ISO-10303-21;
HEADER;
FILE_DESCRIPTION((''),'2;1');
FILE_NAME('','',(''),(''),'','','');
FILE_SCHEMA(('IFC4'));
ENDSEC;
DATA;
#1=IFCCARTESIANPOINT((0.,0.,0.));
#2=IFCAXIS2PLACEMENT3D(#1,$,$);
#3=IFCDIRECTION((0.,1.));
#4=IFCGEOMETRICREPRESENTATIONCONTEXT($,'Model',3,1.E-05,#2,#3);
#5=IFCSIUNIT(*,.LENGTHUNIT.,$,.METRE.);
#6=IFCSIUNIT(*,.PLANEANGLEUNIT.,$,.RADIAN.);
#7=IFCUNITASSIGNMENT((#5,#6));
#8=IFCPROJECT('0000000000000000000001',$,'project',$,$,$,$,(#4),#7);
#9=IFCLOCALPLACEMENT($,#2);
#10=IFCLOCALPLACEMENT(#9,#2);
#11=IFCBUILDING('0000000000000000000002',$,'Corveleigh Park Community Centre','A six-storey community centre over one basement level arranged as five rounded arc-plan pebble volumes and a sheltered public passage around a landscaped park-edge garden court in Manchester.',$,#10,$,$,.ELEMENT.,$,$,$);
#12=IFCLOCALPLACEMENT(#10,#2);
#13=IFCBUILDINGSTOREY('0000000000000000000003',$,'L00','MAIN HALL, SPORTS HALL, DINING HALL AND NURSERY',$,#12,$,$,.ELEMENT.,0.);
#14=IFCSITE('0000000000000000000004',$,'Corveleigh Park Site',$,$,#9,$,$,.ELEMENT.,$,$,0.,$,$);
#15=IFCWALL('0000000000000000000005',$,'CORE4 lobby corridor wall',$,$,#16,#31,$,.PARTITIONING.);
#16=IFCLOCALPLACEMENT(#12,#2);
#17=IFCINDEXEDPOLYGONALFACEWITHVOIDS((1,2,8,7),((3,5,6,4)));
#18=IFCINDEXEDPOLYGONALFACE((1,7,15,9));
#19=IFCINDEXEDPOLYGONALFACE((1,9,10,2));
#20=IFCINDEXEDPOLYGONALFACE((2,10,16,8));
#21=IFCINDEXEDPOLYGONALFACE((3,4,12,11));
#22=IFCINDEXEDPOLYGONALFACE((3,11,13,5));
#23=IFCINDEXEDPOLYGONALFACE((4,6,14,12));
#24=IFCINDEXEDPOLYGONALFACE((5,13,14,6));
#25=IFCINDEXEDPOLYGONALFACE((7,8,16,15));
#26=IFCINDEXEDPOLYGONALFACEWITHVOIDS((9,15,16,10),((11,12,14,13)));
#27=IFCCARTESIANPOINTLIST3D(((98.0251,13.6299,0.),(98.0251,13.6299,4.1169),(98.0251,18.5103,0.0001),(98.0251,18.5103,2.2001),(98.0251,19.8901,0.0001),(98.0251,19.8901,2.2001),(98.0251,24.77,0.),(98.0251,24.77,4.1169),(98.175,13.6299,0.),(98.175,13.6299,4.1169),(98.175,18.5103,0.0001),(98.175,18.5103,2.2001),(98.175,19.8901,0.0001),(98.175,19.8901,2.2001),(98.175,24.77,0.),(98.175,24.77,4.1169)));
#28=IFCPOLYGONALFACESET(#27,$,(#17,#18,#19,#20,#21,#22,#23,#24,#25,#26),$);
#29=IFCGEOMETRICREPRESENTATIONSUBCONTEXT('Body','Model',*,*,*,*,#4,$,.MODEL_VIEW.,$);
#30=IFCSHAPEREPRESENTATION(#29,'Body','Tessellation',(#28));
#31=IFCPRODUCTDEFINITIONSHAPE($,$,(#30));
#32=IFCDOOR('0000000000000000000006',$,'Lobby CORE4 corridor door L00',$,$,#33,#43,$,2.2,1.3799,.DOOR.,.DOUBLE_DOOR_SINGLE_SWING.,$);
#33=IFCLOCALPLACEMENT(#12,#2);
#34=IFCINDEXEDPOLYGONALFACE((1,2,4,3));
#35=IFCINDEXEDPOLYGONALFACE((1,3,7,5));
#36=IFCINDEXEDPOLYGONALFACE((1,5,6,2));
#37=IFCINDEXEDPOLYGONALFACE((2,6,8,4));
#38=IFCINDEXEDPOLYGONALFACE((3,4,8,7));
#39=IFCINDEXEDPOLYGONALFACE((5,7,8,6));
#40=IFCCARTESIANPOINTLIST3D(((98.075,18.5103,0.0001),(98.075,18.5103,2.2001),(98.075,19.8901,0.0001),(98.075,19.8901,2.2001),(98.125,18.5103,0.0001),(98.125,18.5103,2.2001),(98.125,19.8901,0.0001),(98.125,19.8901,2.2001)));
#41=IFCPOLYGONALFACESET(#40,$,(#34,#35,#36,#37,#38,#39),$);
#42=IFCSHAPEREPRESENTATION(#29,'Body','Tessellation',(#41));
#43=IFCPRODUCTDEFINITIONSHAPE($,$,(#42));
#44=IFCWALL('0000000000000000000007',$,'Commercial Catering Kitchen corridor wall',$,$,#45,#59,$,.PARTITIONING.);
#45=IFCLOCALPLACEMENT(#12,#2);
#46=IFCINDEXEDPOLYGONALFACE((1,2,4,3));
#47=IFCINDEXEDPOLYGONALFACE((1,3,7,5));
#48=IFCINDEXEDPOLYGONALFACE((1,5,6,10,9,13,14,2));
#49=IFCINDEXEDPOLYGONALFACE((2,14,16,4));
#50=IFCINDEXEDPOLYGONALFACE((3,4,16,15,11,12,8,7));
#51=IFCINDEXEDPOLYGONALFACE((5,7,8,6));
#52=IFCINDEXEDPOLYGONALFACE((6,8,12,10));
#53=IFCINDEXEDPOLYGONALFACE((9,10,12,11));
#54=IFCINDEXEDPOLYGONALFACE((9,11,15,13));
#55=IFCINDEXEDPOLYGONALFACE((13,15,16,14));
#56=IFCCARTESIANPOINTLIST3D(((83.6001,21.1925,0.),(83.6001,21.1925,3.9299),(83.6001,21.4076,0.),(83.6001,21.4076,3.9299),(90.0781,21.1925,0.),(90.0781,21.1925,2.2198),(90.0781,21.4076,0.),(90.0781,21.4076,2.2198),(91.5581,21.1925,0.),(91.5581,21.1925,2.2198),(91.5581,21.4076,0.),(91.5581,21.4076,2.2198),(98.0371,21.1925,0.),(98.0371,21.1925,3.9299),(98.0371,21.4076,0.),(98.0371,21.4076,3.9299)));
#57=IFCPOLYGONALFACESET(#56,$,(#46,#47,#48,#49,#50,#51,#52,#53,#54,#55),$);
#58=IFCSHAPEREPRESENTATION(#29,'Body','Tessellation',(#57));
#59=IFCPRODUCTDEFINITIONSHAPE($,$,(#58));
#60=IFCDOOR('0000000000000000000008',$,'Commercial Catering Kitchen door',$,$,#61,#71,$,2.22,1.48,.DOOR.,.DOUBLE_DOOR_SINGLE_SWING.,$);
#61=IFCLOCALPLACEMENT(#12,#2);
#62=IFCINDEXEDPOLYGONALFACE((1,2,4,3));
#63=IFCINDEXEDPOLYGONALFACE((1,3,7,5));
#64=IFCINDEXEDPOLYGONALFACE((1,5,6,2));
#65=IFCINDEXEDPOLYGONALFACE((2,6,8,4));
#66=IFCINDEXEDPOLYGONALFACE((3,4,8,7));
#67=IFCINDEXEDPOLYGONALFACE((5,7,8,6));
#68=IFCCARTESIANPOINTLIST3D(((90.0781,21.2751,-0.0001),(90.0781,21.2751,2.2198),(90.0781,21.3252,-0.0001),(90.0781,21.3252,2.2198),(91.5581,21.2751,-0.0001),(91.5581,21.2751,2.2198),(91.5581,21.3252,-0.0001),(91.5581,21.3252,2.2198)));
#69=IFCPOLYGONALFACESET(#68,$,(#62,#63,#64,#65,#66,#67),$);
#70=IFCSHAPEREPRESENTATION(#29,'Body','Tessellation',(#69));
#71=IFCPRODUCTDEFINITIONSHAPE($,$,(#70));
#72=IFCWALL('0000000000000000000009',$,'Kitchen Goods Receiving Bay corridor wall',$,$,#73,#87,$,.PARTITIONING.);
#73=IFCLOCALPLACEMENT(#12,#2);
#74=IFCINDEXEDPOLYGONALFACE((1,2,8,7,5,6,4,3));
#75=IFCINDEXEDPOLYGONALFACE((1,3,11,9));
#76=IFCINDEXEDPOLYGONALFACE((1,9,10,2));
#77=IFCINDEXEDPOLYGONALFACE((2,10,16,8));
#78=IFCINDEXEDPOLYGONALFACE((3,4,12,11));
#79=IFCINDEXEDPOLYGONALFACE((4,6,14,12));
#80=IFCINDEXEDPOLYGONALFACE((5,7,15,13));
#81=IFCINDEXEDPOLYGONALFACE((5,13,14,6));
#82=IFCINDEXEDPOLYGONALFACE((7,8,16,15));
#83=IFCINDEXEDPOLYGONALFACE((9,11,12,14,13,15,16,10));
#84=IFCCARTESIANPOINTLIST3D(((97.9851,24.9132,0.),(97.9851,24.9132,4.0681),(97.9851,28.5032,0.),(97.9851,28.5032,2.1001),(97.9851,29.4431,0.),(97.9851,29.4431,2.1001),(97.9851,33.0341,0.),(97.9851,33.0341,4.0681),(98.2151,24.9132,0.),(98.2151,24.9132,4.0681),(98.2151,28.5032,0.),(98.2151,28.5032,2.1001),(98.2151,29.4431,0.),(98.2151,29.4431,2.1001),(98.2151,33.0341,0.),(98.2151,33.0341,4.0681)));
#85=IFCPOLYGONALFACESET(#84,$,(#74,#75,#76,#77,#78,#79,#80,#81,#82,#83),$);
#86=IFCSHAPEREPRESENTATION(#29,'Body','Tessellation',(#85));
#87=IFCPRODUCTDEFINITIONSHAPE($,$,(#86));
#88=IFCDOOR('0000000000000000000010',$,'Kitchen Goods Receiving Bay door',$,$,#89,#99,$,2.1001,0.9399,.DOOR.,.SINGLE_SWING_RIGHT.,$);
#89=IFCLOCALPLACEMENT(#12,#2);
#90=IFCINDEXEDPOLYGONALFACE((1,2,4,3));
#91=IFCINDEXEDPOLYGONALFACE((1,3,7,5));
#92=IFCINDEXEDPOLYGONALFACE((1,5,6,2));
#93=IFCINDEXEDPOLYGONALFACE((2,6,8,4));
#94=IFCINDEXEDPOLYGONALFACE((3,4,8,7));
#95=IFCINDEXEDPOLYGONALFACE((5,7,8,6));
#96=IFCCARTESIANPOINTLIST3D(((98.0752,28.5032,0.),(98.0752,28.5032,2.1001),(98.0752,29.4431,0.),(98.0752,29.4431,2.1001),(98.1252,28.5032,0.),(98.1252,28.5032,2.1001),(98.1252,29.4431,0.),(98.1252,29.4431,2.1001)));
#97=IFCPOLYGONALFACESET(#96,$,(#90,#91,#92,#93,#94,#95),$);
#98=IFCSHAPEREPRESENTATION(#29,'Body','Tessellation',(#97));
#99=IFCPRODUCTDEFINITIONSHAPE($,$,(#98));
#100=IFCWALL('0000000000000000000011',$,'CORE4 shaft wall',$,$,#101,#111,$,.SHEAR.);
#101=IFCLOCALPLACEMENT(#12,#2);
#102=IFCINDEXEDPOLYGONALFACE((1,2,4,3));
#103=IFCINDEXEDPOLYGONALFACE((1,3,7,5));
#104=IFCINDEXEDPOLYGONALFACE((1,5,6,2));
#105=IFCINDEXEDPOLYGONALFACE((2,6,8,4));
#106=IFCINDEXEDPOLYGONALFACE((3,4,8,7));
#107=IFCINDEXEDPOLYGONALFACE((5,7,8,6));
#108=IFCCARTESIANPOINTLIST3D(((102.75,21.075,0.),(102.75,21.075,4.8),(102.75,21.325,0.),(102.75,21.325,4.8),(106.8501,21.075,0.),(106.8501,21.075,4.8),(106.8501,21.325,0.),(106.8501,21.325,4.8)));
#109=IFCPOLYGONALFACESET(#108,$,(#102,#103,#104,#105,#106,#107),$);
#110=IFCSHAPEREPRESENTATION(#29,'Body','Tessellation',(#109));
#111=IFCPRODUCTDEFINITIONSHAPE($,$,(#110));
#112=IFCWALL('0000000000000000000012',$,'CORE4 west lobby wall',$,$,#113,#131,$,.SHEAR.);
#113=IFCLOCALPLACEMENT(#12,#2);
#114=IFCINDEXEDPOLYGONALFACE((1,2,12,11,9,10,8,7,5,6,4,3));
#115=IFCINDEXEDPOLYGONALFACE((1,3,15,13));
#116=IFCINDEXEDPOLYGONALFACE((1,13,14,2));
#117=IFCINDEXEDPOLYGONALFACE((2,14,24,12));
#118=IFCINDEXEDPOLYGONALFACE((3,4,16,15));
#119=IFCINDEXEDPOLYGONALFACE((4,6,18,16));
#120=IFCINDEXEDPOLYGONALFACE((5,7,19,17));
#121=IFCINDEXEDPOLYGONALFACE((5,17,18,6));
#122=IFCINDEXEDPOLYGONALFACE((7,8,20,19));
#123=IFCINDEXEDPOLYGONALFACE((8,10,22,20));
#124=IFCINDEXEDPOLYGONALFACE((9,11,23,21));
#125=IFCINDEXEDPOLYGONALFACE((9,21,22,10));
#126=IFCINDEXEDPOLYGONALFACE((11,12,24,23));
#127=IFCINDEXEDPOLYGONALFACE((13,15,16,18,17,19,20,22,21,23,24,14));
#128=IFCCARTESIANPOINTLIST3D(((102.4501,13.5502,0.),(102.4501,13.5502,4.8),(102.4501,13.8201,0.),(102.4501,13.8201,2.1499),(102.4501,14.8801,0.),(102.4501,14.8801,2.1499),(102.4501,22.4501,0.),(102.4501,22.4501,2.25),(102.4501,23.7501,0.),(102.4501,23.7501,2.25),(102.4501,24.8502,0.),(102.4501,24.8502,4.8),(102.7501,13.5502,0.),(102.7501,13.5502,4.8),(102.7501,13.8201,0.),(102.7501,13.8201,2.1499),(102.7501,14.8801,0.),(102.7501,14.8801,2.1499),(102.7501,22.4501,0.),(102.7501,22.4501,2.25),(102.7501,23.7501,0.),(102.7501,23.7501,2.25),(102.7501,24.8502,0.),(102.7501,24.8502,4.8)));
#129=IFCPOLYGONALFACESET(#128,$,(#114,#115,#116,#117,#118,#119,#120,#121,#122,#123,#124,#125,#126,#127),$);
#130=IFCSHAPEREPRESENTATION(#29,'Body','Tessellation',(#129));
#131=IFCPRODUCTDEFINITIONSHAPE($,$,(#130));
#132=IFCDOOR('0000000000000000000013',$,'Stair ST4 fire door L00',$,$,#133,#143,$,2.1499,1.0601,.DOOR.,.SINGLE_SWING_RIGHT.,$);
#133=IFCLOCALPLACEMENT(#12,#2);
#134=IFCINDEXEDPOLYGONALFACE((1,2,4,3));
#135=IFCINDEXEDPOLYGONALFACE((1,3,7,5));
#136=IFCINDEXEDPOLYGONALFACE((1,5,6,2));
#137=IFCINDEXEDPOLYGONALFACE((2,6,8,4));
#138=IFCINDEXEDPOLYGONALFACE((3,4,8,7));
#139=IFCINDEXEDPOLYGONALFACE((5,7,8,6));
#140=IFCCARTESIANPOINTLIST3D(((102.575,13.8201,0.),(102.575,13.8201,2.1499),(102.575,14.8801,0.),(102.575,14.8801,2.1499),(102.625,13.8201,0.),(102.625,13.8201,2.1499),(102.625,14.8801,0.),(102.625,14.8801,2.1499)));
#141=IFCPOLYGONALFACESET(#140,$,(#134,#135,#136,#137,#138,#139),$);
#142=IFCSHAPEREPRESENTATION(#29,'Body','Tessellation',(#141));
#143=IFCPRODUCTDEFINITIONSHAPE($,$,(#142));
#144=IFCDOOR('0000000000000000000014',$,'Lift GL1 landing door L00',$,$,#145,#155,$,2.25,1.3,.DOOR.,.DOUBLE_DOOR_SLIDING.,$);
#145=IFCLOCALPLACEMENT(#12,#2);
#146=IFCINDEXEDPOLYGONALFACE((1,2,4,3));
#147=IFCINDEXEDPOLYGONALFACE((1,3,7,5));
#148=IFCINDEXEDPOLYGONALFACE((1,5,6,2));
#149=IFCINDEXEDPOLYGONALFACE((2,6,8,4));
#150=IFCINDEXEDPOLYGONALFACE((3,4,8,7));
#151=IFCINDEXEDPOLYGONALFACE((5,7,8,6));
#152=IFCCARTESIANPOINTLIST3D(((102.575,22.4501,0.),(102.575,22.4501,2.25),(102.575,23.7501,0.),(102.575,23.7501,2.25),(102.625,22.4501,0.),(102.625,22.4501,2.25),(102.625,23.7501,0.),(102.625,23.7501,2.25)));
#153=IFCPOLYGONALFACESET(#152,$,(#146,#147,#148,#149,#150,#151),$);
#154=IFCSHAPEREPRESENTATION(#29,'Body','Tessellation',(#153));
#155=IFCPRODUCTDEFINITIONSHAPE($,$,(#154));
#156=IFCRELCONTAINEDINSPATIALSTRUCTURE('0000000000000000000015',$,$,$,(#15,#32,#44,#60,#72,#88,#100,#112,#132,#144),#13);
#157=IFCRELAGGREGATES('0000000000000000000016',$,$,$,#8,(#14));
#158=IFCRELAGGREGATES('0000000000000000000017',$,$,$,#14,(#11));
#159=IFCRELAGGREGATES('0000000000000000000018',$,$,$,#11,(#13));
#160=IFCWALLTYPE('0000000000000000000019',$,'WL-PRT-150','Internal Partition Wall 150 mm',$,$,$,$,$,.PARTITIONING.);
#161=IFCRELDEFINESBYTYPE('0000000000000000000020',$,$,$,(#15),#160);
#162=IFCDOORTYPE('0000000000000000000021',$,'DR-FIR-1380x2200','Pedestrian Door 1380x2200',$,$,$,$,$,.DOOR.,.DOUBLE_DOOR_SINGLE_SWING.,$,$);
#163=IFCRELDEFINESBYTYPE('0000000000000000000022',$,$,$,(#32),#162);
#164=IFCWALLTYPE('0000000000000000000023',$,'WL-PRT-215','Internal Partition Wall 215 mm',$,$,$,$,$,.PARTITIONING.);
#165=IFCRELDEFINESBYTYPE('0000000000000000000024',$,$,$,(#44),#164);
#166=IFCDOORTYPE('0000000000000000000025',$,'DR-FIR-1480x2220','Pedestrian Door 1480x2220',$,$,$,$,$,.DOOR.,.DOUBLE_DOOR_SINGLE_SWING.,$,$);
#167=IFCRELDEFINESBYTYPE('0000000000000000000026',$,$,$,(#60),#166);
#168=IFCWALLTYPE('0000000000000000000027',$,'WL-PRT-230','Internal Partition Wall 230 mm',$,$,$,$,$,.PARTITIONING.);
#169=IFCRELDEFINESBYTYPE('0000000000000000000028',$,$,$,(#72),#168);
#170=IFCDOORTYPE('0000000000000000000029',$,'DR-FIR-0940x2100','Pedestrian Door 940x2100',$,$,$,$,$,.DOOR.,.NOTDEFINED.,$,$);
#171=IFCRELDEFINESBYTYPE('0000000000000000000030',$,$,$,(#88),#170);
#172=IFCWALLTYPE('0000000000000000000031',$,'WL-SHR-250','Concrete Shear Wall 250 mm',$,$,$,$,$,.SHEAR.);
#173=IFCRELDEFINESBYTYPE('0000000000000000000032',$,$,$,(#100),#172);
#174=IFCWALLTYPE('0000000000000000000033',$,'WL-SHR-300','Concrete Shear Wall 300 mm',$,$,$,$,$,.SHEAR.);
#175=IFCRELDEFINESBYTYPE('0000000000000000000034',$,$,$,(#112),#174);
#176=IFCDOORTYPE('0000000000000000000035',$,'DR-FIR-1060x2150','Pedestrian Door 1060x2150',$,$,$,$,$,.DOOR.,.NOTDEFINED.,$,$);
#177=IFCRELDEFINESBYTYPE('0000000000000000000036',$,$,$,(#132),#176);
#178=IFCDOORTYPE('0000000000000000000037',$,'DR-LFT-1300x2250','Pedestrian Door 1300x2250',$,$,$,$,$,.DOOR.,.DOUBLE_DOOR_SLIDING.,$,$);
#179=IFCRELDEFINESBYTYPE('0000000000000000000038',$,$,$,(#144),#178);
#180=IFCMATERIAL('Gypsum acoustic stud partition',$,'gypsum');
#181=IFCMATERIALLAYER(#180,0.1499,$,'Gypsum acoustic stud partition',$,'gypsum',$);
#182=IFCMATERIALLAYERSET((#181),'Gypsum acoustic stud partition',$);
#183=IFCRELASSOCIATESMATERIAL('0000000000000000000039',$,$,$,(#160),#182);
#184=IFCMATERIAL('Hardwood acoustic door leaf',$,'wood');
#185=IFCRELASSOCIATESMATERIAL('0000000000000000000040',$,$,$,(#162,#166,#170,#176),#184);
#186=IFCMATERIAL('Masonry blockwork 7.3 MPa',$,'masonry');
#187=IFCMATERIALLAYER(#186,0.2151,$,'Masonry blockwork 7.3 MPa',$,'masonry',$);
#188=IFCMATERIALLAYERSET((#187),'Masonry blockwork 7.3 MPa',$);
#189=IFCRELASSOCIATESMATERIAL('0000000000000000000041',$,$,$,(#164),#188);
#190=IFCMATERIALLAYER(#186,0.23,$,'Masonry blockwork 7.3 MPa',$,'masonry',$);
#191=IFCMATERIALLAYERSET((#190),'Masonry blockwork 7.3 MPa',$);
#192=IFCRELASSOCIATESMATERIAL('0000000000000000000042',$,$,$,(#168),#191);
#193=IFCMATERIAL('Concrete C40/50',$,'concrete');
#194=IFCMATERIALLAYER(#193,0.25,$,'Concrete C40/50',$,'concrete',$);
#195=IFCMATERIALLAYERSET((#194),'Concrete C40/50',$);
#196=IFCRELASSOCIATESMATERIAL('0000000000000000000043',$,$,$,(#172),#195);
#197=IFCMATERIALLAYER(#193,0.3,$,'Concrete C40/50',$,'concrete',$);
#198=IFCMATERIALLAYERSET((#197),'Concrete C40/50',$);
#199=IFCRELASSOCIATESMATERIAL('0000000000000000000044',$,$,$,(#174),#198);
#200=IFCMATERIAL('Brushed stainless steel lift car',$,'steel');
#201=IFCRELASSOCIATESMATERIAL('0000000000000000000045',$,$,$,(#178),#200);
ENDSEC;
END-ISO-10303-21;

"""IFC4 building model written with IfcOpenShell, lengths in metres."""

from ifc_helpers import new_model, si_unit, direction, frame, frame_2d, origin, place, context, subcontext, project, spatial, rectangle, extrude, material, layer, layer_set, type_object, element, fill, save


model = new_model("IFC4")

# Units and contexts
model_context = context("Model", 3, precision=1e-05, world=origin(), true_north=direction((0.0, 1.0)))
body_context = subcontext(model_context, "Body", "Model", "MODEL_VIEW")
ifc_project = project(units=[si_unit("LENGTHUNIT", "METRE"), si_unit("PLANEANGLEUNIT", "RADIAN")], contexts=[model_context])

# Site, building, storey
site_placement = place(None, origin())
site = spatial("IfcSite", under=ifc_project, at=site_placement, Name="Corveleigh Park Site", CompositionType="ELEMENT", RefElevation=0.0)
building_placement = place(site_placement, origin())
building = spatial("IfcBuilding", under=site, at=building_placement, Name="Corveleigh Park Community Centre", Description="A six-storey community centre over one basement level arranged as five rounded arc-plan pebble volumes and a sheltered public passage around a landscaped park-edge garden court in Manchester.", CompositionType="ELEMENT")
storey_placement = place(building_placement, origin())
storey = spatial("IfcBuildingStorey", under=building, at=storey_placement, Name="L00", Description="MAIN HALL, SPORTS HALL, DINING HALL AND NURSERY", CompositionType="ELEMENT", Elevation=0.0)

# Shared definitions
ifc_material_1 = material(Name="Concrete C40/50", Category="concrete")

# Shared definitions
ifc_material_2 = material(Name="Gypsum acoustic stud partition", Category="gypsum")
ifc_layer_1 = layer(ifc_material_2, 0.1499, Name="Gypsum acoustic stud partition", Category="gypsum")
ifc_layer_set_1 = layer_set([ifc_layer_1], Name="Gypsum acoustic stud partition")
wall_type_1 = type_object("IfcWallType", Name="WL-PRT-150", Description="Internal Partition Wall 150 mm", PredefinedType="PARTITIONING", material=ifc_layer_set_1)

# Walls, openings, doors
wall_1_placement = place(storey_placement, frame((98.1001, 24.77, 0.0), z_axis=(0.0, 0.0, 1.0), x_axis=(0.0, -1.0, 0.0)))
wall_1 = element("IfcWall", 1, at=wall_1_placement, inside=storey, type_object=wall_type_1, Name="CORE4 lobby corridor wall", PredefinedType="PARTITIONING", context=body_context, shape_type="SweptSolid", body=[
    extrude(rectangle(XDim=11.1401, YDim=0.1499, at=frame_2d((5.5701, 0.0))), origin(), (0.0, 0.0, 1.0), 4.1169),
])
opening_1_placement = place(wall_1_placement, frame((4.8799, 0.0, 0.0)))
opening_1 = element("IfcOpeningElement", 2, at=opening_1_placement, cuts=wall_1, PredefinedType="OPENING", context=body_context, shape_type="SweptSolid", body=[
    extrude(rectangle(XDim=1.3799, YDim=2.2, at=frame_2d((0.6899, 1.1001))), frame((0.0, 0.085, 0.0), z_axis=(0.0, -1.0, 0.0), x_axis=(1.0, 0.0, 0.0)), (0.0, 0.0, 1.0), 0.1699),
])
ifc_material_3 = material(Name="Hardwood acoustic door leaf", Category="wood")
door_type_1 = type_object("IfcDoorType", Name="DR-FIR-1380x2200", Description="Pedestrian Door 1380x2200", OperationType="DOUBLE_DOOR_SINGLE_SWING", PredefinedType="DOOR", material=ifc_material_3)
door_1_placement = place(opening_1_placement, origin())
door_1 = element("IfcDoor", 3, at=door_1_placement, inside=storey, type_object=door_type_1, Name="Lobby CORE4 corridor door L00", OperationType="DOUBLE_DOOR_SINGLE_SWING", OverallHeight=2.2, OverallWidth=1.3799, PredefinedType="DOOR", context=body_context, shape_type="SweptSolid", body=[
    extrude(rectangle(XDim=1.3799, YDim=2.2, at=frame_2d((0.6899, 1.1001))), frame((0.0, 0.0249, 0.0), z_axis=(0.0, -1.0, 0.0), x_axis=(1.0, 0.0, 0.0)), (0.0, 0.0, 1.0), 0.05),
])
fill(opening_1, door_1)
ifc_material_4 = material(Name="Masonry blockwork 7.3 MPa", Category="masonry")
ifc_layer_2 = layer(ifc_material_4, 0.2151, Name="Masonry blockwork 7.3 MPa", Category="masonry")
ifc_layer_set_2 = layer_set([ifc_layer_2], Name="Masonry blockwork 7.3 MPa")
wall_type_2 = type_object("IfcWallType", Name="WL-PRT-215", Description="Internal Partition Wall 215 mm", PredefinedType="PARTITIONING", material=ifc_layer_set_2)
wall_2_placement = place(storey_placement, frame((98.0371, 21.3, 0.0), z_axis=(0.0, 0.0, 1.0), x_axis=(-1.0, 0.0, 0.0)))
wall_2 = element("IfcWall", 4, at=wall_2_placement, inside=storey, type_object=wall_type_2, Name="Commercial Catering Kitchen corridor wall", PredefinedType="PARTITIONING", context=body_context, shape_type="SweptSolid", body=[
    extrude(rectangle(XDim=14.437, YDim=0.2151, at=frame_2d((7.2185, 0.0))), origin(), (0.0, 0.0, 1.0), 3.9299),
])
opening_2_placement = place(wall_2_placement, frame((6.479, 0.0, 0.0)))
opening_2 = element("IfcOpeningElement", 5, at=opening_2_placement, cuts=wall_2, PredefinedType="OPENING", context=body_context, shape_type="SweptSolid", body=[
    extrude(rectangle(XDim=1.48, YDim=2.22, at=frame_2d((0.74, 1.1099))), frame((0.0, 0.1174, 0.0), z_axis=(0.0, -1.0, 0.0), x_axis=(1.0, 0.0, 0.0)), (0.0, 0.0, 1.0), 0.2351),
])
door_type_2 = type_object("IfcDoorType", Name="DR-FIR-1480x2220", Description="Pedestrian Door 1480x2220", OperationType="DOUBLE_DOOR_SINGLE_SWING", PredefinedType="DOOR", material=ifc_material_3)
door_2_placement = place(opening_2_placement, origin())
door_2 = element("IfcDoor", 6, at=door_2_placement, inside=storey, type_object=door_type_2, Name="Commercial Catering Kitchen door", OperationType="DOUBLE_DOOR_SINGLE_SWING", OverallHeight=2.22, OverallWidth=1.48, PredefinedType="DOOR", context=body_context, shape_type="SweptSolid", body=[
    extrude(rectangle(XDim=1.48, YDim=2.22, at=frame_2d((0.74, 1.1099))), frame((0.0, 0.0249, 0.0), z_axis=(0.0, -1.0, 0.0), x_axis=(1.0, 0.0, 0.0)), (0.0, 0.0, 1.0), 0.05),
])
fill(opening_2, door_2)
ifc_layer_3 = layer(ifc_material_4, 0.23, Name="Masonry blockwork 7.3 MPa", Category="masonry")
ifc_layer_set_3 = layer_set([ifc_layer_3], Name="Masonry blockwork 7.3 MPa")
wall_type_3 = type_object("IfcWallType", Name="WL-PRT-230", Description="Internal Partition Wall 230 mm", PredefinedType="PARTITIONING", material=ifc_layer_set_3)
wall_3_placement = place(storey_placement, frame((98.1001, 24.9131, 0.0), z_axis=(0.0, 0.0, 1.0), x_axis=(0.0, 1.0, 0.0)))
wall_3 = element("IfcWall", 7, at=wall_3_placement, inside=storey, type_object=wall_type_3, Name="Kitchen Goods Receiving Bay corridor wall", PredefinedType="PARTITIONING", context=body_context, shape_type="SweptSolid", body=[
    extrude(rectangle(XDim=8.1208, YDim=0.23, at=frame_2d((4.0605, 0.0))), origin(), (0.0, 0.0, 1.0), 4.0681),
])
opening_3_placement = place(wall_3_placement, frame((3.5901, 0.0, 0.0)))
opening_3 = element("IfcOpeningElement", 8, at=opening_3_placement, cuts=wall_3, PredefinedType="OPENING", context=body_context, shape_type="SweptSolid", body=[
    extrude(rectangle(XDim=0.9399, YDim=2.1001, at=frame_2d((0.47, 1.05))), frame((0.0, 0.125, 0.0), z_axis=(0.0, -1.0, 0.0), x_axis=(1.0, 0.0, 0.0)), (0.0, 0.0, 1.0), 0.25),
])
door_type_3 = type_object("IfcDoorType", Name="DR-FIR-0940x2100", Description="Pedestrian Door 940x2100", OperationType="NOTDEFINED", PredefinedType="DOOR", material=ifc_material_3)
door_3_placement = place(opening_3_placement, origin())
door_3 = element("IfcDoor", 9, at=door_3_placement, inside=storey, type_object=door_type_3, Name="Kitchen Goods Receiving Bay door", OperationType="SINGLE_SWING_RIGHT", OverallHeight=2.1001, OverallWidth=0.9399, PredefinedType="DOOR", context=body_context, shape_type="SweptSolid", body=[
    extrude(rectangle(XDim=0.9399, YDim=2.1001, at=frame_2d((0.47, 1.05))), frame((0.0, 0.0249, 0.0), z_axis=(0.0, -1.0, 0.0), x_axis=(1.0, 0.0, 0.0)), (0.0, 0.0, 1.0), 0.05),
])
fill(opening_3, door_3)

# Wall
ifc_layer_4 = layer(ifc_material_1, 0.25, Name="Concrete C40/50", Category="concrete")
ifc_layer_set_4 = layer_set([ifc_layer_4], Name="Concrete C40/50")
wall_type_4 = type_object("IfcWallType", Name="WL-SHR-250", Description="Concrete Shear Wall 250 mm", PredefinedType="SHEAR", material=ifc_layer_set_4)
wall_4_placement = place(storey_placement, frame((102.75, 21.2, 0.0), z_axis=(0.0, 0.0, 1.0), x_axis=(1.0, 0.0, 0.0)))
element("IfcWall", 10, at=wall_4_placement, inside=storey, type_object=wall_type_4, Name="CORE4 shaft wall", PredefinedType="SHEAR", context=body_context, shape_type="SweptSolid", body=[
    extrude(rectangle(XDim=4.1001, YDim=0.25, at=frame_2d((2.05, 0.0))), origin(), (0.0, 0.0, 1.0), 4.8),
])

# Wall, openings, doors
ifc_layer_5 = layer(ifc_material_1, 0.3, Name="Concrete C40/50", Category="concrete")
ifc_layer_set_5 = layer_set([ifc_layer_5], Name="Concrete C40/50")
wall_type_5 = type_object("IfcWallType", Name="WL-SHR-300", Description="Concrete Shear Wall 300 mm", PredefinedType="SHEAR", material=ifc_layer_set_5)
wall_5_placement = place(storey_placement, frame((102.6001, 24.8501, 0.0), z_axis=(0.0, 0.0, 1.0), x_axis=(0.0, -1.0, 0.0)))
wall_5 = element("IfcWall", 11, at=wall_5_placement, inside=storey, type_object=wall_type_5, Name="CORE4 west lobby wall", PredefinedType="SHEAR", context=body_context, shape_type="SweptSolid", body=[
    extrude(rectangle(XDim=11.3, YDim=0.3, at=frame_2d((5.6499, 0.0))), origin(), (0.0, 0.0, 1.0), 4.8),
])
opening_4_placement = place(wall_5_placement, frame((1.1001, 0.0, 0.0)))
opening_4 = element("IfcOpeningElement", 12, at=opening_4_placement, cuts=wall_5, PredefinedType="OPENING", context=body_context, shape_type="SweptSolid", body=[
    extrude(rectangle(XDim=1.3, YDim=2.25, at=frame_2d((0.6499, 1.125))), frame((0.0, 0.1599, 0.0), z_axis=(0.0, -1.0, 0.0), x_axis=(1.0, 0.0, 0.0)), (0.0, 0.0, 1.0), 0.3201),
])
opening_5_placement = place(wall_5_placement, frame((9.97, 0.0, 0.0)))
opening_5 = element("IfcOpeningElement", 13, at=opening_5_placement, cuts=wall_5, PredefinedType="OPENING", context=body_context, shape_type="SweptSolid", body=[
    extrude(rectangle(XDim=1.0601, YDim=2.1499, at=frame_2d((0.53, 1.075))), frame((0.0, 0.1599, 0.0), z_axis=(0.0, -1.0, 0.0), x_axis=(1.0, 0.0, 0.0)), (0.0, 0.0, 1.0), 0.3201),
])
door_type_4 = type_object("IfcDoorType", Name="DR-FIR-1060x2150", Description="Pedestrian Door 1060x2150", OperationType="NOTDEFINED", PredefinedType="DOOR", material=ifc_material_3)
door_4_placement = place(opening_5_placement, origin())
door_4 = element("IfcDoor", 14, at=door_4_placement, inside=storey, type_object=door_type_4, Name="Stair ST4 fire door L00", OperationType="SINGLE_SWING_RIGHT", OverallHeight=2.1499, OverallWidth=1.0601, PredefinedType="DOOR", context=body_context, shape_type="SweptSolid", body=[
    extrude(rectangle(XDim=1.0601, YDim=2.1499, at=frame_2d((0.53, 1.075))), frame((0.0, 0.0249, 0.0), z_axis=(0.0, -1.0, 0.0), x_axis=(1.0, 0.0, 0.0)), (0.0, 0.0, 1.0), 0.05),
])
fill(opening_5, door_4)
ifc_material_5 = material(Name="Brushed stainless steel lift car", Category="steel")
door_type_5 = type_object("IfcDoorType", Name="DR-LFT-1300x2250", Description="Pedestrian Door 1300x2250", OperationType="DOUBLE_DOOR_SLIDING", PredefinedType="DOOR", material=ifc_material_5)
door_5_placement = place(opening_4_placement, origin())
door_5 = element("IfcDoor", 15, at=door_5_placement, inside=storey, type_object=door_type_5, Name="Lift GL1 landing door L00", OperationType="DOUBLE_DOOR_SLIDING", OverallHeight=2.25, OverallWidth=1.3, PredefinedType="DOOR", context=body_context, shape_type="SweptSolid", body=[
    extrude(rectangle(XDim=1.3, YDim=2.25, at=frame_2d((0.6499, 1.125))), frame((0.0, 0.0249, 0.0), z_axis=(0.0, -1.0, 0.0), x_axis=(1.0, 0.0, 0.0)), (0.0, 0.0, 1.0), 0.05),
])
fill(opening_4, door_5)

save(model, "model.ifc")
